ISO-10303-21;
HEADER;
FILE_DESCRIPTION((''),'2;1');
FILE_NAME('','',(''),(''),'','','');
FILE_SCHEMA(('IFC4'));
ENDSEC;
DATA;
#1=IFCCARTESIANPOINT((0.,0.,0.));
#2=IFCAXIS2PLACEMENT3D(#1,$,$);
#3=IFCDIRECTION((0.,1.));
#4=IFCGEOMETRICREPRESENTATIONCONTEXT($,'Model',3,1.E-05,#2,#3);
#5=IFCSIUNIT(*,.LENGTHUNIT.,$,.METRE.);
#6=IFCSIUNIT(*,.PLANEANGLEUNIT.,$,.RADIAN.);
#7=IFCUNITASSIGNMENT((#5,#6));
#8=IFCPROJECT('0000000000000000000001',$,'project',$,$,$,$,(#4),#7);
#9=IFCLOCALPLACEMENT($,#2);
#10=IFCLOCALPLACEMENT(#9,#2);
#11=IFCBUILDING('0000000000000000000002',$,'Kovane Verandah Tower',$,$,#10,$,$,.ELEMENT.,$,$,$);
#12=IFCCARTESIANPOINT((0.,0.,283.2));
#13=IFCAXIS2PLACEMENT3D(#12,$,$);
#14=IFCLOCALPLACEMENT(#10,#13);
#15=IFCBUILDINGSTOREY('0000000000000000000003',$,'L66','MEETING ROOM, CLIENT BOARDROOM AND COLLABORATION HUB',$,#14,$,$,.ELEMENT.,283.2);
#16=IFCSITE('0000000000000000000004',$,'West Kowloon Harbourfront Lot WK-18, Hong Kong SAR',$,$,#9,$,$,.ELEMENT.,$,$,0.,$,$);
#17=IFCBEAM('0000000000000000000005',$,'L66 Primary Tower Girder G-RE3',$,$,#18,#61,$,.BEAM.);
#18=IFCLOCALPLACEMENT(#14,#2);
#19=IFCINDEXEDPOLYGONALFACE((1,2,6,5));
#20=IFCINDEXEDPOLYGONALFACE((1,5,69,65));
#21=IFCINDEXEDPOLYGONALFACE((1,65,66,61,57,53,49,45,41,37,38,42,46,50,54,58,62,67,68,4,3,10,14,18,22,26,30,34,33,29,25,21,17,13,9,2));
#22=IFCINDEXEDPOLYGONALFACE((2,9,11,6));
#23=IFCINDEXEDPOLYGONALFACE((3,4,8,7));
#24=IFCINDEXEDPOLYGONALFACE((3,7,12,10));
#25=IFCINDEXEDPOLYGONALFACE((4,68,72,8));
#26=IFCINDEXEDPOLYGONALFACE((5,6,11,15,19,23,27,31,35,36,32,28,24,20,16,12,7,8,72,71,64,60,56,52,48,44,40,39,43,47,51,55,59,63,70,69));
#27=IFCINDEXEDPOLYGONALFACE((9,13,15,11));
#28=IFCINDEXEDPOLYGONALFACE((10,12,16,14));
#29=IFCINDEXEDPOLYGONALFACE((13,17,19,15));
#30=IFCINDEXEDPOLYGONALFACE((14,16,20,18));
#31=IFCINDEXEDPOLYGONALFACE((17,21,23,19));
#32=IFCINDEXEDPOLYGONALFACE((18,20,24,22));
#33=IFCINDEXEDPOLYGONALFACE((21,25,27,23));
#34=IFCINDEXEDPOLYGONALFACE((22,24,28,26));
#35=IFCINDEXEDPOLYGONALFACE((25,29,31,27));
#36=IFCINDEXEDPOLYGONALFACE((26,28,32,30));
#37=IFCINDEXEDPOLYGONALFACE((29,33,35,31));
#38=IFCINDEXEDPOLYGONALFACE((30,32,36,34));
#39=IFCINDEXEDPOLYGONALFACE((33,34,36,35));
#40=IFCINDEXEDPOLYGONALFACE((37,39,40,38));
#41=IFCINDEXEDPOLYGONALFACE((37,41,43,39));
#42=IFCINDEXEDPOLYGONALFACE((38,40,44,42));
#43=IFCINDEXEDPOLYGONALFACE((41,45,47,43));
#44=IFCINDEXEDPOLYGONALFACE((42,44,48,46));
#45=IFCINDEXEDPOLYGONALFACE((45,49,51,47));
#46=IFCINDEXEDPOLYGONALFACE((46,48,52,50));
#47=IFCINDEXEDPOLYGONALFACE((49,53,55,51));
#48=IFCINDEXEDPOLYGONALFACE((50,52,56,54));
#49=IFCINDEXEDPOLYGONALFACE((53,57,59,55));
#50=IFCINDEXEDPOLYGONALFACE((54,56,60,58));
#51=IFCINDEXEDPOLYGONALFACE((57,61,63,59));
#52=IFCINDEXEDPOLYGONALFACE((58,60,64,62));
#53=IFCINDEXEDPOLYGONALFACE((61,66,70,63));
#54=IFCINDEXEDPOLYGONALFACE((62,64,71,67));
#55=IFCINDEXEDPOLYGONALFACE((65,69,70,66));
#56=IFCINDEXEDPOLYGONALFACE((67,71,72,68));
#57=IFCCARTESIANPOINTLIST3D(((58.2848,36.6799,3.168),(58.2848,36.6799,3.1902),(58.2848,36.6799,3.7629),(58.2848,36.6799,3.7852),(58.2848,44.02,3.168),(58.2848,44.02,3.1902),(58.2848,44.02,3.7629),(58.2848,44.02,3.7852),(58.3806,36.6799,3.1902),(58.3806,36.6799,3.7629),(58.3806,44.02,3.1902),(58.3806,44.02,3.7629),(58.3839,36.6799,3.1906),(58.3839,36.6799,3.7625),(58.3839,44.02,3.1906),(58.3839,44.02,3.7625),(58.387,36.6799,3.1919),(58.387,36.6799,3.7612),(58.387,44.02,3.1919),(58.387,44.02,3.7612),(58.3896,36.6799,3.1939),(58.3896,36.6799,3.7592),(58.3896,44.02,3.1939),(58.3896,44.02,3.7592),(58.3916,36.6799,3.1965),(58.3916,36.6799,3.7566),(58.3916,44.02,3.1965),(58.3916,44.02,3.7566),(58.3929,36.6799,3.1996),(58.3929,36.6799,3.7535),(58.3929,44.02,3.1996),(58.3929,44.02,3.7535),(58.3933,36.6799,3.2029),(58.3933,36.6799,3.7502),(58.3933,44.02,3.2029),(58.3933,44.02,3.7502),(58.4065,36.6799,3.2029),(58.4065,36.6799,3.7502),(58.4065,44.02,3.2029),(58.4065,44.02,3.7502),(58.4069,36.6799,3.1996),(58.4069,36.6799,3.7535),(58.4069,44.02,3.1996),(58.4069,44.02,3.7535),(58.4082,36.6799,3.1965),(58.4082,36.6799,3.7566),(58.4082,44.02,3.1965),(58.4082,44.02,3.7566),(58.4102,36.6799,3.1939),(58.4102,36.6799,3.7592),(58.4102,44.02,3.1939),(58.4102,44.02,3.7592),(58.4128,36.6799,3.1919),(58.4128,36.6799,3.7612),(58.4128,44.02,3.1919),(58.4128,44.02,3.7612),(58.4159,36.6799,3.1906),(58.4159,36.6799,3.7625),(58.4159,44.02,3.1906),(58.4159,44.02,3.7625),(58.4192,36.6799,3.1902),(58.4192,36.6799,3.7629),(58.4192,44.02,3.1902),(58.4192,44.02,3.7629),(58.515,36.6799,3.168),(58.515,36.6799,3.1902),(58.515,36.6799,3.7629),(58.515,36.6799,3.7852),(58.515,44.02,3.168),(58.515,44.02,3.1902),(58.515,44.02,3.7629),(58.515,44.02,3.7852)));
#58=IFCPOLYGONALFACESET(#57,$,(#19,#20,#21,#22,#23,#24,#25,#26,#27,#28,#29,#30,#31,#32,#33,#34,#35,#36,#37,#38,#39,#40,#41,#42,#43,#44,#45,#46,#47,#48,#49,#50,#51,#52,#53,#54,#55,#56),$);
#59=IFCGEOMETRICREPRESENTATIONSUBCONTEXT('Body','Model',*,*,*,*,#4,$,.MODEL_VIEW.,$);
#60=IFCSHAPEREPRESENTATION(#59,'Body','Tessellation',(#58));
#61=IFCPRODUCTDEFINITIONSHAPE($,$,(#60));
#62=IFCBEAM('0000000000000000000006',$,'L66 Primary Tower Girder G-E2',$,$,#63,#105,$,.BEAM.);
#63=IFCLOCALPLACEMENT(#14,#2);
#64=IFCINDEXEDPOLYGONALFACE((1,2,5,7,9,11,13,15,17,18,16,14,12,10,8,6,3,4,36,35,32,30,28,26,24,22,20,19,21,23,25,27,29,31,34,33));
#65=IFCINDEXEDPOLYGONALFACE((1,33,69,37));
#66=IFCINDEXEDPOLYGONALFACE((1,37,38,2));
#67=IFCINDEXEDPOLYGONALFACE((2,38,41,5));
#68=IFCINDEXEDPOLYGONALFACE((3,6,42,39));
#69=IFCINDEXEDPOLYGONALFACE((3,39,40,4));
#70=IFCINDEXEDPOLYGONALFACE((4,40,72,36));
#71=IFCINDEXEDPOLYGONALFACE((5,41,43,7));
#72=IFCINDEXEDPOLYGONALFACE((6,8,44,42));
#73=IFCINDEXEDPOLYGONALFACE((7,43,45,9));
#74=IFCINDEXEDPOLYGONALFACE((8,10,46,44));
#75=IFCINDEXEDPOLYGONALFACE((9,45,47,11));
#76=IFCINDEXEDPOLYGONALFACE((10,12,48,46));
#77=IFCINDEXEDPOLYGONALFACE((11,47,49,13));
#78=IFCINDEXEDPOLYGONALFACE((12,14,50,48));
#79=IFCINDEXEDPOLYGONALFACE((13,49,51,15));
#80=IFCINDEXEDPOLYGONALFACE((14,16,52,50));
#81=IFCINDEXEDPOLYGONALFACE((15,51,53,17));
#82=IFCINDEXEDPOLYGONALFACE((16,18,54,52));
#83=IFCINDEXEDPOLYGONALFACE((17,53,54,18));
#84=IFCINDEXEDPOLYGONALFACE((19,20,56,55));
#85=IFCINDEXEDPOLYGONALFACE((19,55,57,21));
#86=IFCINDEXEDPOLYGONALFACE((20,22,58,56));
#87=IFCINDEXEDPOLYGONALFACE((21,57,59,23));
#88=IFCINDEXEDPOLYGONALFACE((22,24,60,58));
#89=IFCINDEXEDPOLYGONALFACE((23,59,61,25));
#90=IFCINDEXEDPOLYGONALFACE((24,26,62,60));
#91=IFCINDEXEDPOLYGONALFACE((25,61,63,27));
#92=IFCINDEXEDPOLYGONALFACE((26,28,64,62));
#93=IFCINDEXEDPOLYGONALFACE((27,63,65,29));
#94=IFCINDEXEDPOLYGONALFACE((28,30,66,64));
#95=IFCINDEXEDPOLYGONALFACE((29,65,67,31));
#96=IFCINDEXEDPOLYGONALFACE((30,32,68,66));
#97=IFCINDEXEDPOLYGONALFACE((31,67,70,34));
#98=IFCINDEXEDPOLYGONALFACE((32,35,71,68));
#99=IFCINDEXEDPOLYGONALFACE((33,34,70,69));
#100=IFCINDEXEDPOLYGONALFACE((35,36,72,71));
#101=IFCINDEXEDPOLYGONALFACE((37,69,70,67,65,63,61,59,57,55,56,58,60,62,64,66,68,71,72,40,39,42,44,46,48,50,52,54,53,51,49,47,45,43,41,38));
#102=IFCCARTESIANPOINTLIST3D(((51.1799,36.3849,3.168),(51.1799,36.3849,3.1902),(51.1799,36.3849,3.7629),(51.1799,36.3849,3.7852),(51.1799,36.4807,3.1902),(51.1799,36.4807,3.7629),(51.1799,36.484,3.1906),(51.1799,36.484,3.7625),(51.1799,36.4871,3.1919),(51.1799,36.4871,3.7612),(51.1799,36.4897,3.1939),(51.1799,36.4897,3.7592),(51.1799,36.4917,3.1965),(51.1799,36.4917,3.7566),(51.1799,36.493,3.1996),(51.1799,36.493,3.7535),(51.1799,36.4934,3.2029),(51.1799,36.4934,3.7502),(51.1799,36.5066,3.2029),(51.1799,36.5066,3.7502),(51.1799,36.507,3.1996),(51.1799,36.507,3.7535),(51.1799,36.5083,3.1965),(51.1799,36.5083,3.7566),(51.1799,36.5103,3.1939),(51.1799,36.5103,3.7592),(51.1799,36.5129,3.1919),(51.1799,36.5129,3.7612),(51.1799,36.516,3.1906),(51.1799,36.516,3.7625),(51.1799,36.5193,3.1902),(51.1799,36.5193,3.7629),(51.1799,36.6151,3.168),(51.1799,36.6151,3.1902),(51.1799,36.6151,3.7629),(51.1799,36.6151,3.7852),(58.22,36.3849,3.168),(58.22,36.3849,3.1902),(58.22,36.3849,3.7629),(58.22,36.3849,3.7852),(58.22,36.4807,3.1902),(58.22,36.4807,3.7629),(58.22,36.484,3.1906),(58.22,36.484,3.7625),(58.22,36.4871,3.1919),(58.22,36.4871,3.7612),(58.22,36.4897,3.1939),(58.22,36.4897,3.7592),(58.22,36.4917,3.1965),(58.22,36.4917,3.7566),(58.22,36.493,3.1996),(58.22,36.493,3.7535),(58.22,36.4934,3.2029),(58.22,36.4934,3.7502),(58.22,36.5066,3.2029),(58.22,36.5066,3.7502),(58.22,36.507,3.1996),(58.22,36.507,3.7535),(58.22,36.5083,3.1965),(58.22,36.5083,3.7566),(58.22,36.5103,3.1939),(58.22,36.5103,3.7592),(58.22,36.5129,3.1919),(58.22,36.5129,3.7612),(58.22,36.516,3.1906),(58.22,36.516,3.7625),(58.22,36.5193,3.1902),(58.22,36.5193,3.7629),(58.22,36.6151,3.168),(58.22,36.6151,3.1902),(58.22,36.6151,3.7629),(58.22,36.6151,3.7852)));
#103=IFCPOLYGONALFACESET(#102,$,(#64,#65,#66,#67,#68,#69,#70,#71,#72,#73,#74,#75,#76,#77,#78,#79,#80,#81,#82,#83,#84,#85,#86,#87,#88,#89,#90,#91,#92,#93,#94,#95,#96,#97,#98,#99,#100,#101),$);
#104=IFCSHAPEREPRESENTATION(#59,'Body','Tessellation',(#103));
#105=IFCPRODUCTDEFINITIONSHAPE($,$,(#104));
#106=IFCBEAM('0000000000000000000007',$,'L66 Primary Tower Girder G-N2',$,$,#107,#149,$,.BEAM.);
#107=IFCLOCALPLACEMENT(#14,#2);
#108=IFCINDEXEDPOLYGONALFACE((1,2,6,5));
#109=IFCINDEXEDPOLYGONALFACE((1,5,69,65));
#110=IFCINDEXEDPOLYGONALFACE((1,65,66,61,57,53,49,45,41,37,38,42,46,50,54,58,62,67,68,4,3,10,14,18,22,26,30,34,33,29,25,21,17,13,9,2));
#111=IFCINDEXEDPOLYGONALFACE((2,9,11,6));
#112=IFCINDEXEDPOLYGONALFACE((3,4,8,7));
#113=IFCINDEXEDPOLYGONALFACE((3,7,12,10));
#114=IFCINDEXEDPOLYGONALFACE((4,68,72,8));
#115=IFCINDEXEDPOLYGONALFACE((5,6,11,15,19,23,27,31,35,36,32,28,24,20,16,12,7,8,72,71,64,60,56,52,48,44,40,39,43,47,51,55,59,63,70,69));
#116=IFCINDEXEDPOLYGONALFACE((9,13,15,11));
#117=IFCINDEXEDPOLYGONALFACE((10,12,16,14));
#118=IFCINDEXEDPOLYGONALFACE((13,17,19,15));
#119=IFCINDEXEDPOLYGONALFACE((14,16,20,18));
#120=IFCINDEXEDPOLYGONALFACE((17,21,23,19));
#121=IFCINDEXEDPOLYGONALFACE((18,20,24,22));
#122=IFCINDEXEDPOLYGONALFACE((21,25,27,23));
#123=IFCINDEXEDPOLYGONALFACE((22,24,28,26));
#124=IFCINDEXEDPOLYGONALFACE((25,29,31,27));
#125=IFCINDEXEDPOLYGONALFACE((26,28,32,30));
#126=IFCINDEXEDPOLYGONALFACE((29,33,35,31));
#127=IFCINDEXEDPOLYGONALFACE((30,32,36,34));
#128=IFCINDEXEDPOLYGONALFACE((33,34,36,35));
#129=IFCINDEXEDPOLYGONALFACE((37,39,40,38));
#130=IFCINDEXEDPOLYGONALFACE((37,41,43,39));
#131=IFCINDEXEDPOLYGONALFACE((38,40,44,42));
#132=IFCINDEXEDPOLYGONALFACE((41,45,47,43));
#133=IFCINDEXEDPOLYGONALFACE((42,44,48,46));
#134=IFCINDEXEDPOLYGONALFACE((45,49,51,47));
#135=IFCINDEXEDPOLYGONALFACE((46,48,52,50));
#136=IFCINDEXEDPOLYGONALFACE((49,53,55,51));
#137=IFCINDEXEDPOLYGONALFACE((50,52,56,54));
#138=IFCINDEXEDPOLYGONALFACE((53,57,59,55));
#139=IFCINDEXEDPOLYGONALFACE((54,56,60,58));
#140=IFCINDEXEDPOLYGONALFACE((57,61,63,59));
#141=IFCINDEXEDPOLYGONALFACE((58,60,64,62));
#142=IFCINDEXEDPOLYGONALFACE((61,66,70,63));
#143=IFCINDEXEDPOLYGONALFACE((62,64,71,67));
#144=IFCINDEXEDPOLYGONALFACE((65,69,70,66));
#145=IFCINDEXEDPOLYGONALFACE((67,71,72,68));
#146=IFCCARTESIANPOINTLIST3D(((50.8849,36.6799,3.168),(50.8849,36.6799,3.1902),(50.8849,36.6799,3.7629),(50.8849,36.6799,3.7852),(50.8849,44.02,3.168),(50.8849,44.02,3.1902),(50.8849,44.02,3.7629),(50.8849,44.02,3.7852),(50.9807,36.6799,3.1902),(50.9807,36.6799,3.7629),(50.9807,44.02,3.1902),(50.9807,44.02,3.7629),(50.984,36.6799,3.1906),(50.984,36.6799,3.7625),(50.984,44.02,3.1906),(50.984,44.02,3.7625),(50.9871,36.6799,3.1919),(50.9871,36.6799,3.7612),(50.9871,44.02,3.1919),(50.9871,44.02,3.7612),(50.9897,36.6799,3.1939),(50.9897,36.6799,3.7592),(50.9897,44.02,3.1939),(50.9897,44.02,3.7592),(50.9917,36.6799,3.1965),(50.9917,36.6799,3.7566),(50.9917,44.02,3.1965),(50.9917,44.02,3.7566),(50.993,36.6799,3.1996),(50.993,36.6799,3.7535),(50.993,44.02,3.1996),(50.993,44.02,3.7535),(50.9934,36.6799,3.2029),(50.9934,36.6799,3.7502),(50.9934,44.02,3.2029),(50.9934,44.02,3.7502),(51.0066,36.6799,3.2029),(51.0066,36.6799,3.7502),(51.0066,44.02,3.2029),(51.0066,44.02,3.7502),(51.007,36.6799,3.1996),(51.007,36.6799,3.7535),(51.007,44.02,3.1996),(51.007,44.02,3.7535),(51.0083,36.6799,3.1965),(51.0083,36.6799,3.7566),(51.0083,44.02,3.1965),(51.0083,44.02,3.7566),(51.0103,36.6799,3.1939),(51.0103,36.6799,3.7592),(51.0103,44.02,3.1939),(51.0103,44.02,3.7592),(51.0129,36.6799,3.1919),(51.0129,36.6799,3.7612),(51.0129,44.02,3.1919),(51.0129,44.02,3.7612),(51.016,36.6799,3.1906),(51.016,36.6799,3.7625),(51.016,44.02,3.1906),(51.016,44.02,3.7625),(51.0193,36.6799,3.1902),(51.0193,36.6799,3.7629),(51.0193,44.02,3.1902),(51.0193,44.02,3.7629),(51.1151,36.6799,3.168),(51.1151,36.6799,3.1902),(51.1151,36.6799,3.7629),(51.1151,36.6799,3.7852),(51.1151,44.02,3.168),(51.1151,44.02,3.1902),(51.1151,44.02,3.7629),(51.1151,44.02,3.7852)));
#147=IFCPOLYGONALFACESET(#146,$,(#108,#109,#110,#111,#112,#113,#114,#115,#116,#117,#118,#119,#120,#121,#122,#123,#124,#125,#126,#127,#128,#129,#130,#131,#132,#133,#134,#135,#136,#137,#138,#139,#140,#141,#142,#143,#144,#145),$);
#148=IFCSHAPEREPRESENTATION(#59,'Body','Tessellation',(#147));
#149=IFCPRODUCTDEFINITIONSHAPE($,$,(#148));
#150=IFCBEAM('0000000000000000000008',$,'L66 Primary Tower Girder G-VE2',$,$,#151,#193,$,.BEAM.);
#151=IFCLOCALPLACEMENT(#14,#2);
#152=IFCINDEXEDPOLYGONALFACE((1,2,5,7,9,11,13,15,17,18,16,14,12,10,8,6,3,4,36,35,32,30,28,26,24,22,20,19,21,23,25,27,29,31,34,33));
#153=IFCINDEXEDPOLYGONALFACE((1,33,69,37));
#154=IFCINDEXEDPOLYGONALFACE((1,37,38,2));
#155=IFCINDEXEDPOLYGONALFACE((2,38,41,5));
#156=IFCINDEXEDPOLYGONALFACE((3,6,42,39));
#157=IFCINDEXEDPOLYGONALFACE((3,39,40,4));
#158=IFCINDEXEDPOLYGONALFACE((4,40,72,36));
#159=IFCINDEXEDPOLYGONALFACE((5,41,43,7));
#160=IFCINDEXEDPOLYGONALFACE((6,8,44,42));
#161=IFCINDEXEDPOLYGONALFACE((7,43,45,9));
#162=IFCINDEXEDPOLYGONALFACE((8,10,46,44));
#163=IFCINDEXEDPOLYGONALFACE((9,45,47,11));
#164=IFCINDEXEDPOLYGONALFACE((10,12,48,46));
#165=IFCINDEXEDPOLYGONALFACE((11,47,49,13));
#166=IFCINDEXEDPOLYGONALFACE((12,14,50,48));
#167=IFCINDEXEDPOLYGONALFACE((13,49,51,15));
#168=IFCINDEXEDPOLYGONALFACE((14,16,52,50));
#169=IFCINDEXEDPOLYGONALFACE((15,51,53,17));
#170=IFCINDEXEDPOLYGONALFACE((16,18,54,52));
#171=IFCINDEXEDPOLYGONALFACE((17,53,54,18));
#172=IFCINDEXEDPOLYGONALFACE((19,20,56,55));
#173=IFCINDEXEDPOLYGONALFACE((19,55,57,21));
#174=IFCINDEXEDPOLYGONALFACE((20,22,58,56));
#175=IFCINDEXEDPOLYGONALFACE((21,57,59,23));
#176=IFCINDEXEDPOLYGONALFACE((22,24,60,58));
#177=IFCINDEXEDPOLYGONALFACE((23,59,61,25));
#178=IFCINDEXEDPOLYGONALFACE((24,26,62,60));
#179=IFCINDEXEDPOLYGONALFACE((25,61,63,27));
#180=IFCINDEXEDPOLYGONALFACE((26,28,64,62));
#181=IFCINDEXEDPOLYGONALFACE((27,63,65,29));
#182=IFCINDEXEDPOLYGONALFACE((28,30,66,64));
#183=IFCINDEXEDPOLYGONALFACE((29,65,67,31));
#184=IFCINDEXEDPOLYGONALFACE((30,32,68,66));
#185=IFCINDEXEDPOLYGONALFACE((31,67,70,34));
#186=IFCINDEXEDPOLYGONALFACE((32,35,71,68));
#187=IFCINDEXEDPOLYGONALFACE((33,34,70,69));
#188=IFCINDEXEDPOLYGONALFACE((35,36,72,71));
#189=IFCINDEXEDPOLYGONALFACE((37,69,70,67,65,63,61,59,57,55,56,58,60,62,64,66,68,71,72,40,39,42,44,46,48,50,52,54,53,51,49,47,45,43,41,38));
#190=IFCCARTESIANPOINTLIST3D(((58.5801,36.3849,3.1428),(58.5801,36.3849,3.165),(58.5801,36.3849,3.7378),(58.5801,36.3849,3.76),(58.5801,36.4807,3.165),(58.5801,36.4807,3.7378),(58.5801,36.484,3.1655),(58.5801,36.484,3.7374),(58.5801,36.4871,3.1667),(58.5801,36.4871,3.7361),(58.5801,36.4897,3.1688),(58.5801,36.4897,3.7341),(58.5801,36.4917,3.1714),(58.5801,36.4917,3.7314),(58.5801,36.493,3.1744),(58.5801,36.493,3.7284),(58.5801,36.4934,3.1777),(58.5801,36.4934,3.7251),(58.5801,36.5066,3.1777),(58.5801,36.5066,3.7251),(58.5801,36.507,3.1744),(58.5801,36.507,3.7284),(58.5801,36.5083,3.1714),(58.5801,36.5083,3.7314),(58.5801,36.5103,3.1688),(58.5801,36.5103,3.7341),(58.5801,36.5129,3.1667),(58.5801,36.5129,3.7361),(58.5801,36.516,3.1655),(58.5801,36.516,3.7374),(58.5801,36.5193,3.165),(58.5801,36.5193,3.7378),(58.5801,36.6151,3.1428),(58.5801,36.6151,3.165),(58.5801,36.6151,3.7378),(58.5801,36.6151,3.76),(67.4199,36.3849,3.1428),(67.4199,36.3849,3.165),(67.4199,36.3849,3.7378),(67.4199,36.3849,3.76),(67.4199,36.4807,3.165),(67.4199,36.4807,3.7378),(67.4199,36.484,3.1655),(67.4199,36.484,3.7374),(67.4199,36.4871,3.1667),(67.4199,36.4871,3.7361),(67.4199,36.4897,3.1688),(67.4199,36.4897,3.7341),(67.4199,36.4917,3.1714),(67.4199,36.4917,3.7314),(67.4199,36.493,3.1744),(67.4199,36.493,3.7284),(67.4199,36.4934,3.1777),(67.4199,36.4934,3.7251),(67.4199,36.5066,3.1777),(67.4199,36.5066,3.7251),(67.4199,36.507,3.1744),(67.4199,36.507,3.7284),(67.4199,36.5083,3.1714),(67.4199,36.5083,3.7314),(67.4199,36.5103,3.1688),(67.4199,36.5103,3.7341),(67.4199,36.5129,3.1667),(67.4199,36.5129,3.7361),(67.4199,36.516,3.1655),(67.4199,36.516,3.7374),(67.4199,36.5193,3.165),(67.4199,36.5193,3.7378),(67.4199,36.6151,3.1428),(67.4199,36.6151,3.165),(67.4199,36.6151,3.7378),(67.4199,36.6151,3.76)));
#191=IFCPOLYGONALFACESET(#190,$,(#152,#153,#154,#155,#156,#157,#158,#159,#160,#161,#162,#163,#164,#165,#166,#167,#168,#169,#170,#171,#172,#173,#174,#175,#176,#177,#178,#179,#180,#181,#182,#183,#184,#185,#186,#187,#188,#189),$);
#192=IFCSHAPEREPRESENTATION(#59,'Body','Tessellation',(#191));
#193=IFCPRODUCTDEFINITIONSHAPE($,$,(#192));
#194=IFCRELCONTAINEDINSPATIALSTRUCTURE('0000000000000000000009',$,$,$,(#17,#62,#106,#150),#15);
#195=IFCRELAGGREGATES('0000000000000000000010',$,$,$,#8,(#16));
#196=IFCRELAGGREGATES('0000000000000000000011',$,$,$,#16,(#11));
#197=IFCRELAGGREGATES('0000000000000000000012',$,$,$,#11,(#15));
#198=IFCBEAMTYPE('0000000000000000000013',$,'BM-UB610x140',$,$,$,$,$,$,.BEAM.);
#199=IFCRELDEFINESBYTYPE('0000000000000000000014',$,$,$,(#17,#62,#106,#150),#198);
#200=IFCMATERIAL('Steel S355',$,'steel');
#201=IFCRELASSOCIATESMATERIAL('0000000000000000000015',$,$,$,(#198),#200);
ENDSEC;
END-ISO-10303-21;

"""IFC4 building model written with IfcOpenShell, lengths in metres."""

from ifc_helpers import new_model, si_unit, direction, frame, origin, origin_2d, place, context, subcontext, project, spatial, i_section, extrude, material, material_profile, profile_set, type_object, element, save


model = new_model("IFC4")

# Units and contexts
model_context = context("Model", 3, precision=1e-05, world=origin(), true_north=direction((0.0, 1.0)))
body_context = subcontext(model_context, "Body", "Model", "MODEL_VIEW")
ifc_project = project(units=[si_unit("LENGTHUNIT", "METRE"), si_unit("PLANEANGLEUNIT", "RADIAN")], contexts=[model_context])

# Site, building, storey
site_placement = place(None, origin())
site = spatial("IfcSite", under=ifc_project, at=site_placement, Name="West Kowloon Harbourfront Lot WK-18, Hong Kong SAR", CompositionType="ELEMENT", RefElevation=0.0)
building_placement = place(site_placement, origin())
building = spatial("IfcBuilding", under=site, at=building_placement, Name="Kovane Verandah Tower", CompositionType="ELEMENT")
storey_placement = place(building_placement, frame((0.0, 0.0, 283.2)))
storey = spatial("IfcBuildingStorey", under=building, at=storey_placement, Name="L66", Description="MEETING ROOM, CLIENT BOARDROOM AND COLLABORATION HUB", CompositionType="ELEMENT", Elevation=283.2)

# Beams
ifc_material_1 = material(Name="Steel S355", Category="steel")
ifc_material_profile_1 = material_profile(ifc_material_1, i_section(OverallWidth=0.2302, OverallDepth=0.6172, WebThickness=0.0132, FlangeThickness=0.0222, FilletRadius=0.0127, at=origin_2d()), Name="UB610x229x140")
ifc_profile_set_1 = profile_set([ifc_material_profile_1], Name="Steel S355")
beam_type_1 = type_object("IfcBeamType", Name="BM-UB610x140", PredefinedType="BEAM", material=ifc_profile_set_1)
beam_1_placement = place(storey_placement, frame((58.3999, 36.6799, 3.4766), z_axis=(0.0, 1.0, 0.0), x_axis=(-1.0, 0.0, 0.0)))
element("IfcBeam", 1, at=beam_1_placement, inside=storey, type_object=beam_type_1, Name="L66 Primary Tower Girder G-RE3", PredefinedType="BEAM", context=body_context, shape_type="SweptSolid", body=[
    extrude(i_section(OverallWidth=0.2302, OverallDepth=0.6172, WebThickness=0.0132, FlangeThickness=0.0222, FilletRadius=0.0127, at=origin_2d()), origin(), (0.0, 0.0, 1.0), 7.3401),
])
beam_2_placement = place(storey_placement, frame((51.1799, 36.5, 3.4766), z_axis=(1.0, 0.0, 0.0), x_axis=(0.0, 1.0, 0.0)))
element("IfcBeam", 2, at=beam_2_placement, inside=storey, type_object=beam_type_1, Name="L66 Primary Tower Girder G-E2", PredefinedType="BEAM", context=body_context, shape_type="SweptSolid", body=[
    extrude(i_section(OverallWidth=0.2302, OverallDepth=0.6172, WebThickness=0.0132, FlangeThickness=0.0222, FilletRadius=0.0127, at=origin_2d()), origin(), (0.0, 0.0, 1.0), 7.04),
])
beam_3_placement = place(storey_placement, frame((51.0, 36.6799, 3.4766), z_axis=(0.0, 1.0, 0.0), x_axis=(-1.0, 0.0, 0.0)))
element("IfcBeam", 3, at=beam_3_placement, inside=storey, type_object=beam_type_1, Name="L66 Primary Tower Girder G-N2", PredefinedType="BEAM", context=body_context, shape_type="SweptSolid", body=[
    extrude(i_section(OverallWidth=0.2302, OverallDepth=0.6172, WebThickness=0.0132, FlangeThickness=0.0222, FilletRadius=0.0127, at=origin_2d()), origin(), (0.0, 0.0, 1.0), 7.3401),
])
beam_4_placement = place(storey_placement, frame((58.5801, 36.5, 3.4514), z_axis=(1.0, 0.0, 0.0), x_axis=(0.0, 1.0, 0.0)))
element("IfcBeam", 4, at=beam_4_placement, inside=storey, type_object=beam_type_1, Name="L66 Primary Tower Girder G-VE2", PredefinedType="BEAM", context=body_context, shape_type="SweptSolid", body=[
    extrude(i_section(OverallWidth=0.2302, OverallDepth=0.6172, WebThickness=0.0132, FlangeThickness=0.0222, FilletRadius=0.0127, at=origin_2d()), origin(), (0.0, 0.0, 1.0), 8.8398),
])

save(model, "model.ifc")
